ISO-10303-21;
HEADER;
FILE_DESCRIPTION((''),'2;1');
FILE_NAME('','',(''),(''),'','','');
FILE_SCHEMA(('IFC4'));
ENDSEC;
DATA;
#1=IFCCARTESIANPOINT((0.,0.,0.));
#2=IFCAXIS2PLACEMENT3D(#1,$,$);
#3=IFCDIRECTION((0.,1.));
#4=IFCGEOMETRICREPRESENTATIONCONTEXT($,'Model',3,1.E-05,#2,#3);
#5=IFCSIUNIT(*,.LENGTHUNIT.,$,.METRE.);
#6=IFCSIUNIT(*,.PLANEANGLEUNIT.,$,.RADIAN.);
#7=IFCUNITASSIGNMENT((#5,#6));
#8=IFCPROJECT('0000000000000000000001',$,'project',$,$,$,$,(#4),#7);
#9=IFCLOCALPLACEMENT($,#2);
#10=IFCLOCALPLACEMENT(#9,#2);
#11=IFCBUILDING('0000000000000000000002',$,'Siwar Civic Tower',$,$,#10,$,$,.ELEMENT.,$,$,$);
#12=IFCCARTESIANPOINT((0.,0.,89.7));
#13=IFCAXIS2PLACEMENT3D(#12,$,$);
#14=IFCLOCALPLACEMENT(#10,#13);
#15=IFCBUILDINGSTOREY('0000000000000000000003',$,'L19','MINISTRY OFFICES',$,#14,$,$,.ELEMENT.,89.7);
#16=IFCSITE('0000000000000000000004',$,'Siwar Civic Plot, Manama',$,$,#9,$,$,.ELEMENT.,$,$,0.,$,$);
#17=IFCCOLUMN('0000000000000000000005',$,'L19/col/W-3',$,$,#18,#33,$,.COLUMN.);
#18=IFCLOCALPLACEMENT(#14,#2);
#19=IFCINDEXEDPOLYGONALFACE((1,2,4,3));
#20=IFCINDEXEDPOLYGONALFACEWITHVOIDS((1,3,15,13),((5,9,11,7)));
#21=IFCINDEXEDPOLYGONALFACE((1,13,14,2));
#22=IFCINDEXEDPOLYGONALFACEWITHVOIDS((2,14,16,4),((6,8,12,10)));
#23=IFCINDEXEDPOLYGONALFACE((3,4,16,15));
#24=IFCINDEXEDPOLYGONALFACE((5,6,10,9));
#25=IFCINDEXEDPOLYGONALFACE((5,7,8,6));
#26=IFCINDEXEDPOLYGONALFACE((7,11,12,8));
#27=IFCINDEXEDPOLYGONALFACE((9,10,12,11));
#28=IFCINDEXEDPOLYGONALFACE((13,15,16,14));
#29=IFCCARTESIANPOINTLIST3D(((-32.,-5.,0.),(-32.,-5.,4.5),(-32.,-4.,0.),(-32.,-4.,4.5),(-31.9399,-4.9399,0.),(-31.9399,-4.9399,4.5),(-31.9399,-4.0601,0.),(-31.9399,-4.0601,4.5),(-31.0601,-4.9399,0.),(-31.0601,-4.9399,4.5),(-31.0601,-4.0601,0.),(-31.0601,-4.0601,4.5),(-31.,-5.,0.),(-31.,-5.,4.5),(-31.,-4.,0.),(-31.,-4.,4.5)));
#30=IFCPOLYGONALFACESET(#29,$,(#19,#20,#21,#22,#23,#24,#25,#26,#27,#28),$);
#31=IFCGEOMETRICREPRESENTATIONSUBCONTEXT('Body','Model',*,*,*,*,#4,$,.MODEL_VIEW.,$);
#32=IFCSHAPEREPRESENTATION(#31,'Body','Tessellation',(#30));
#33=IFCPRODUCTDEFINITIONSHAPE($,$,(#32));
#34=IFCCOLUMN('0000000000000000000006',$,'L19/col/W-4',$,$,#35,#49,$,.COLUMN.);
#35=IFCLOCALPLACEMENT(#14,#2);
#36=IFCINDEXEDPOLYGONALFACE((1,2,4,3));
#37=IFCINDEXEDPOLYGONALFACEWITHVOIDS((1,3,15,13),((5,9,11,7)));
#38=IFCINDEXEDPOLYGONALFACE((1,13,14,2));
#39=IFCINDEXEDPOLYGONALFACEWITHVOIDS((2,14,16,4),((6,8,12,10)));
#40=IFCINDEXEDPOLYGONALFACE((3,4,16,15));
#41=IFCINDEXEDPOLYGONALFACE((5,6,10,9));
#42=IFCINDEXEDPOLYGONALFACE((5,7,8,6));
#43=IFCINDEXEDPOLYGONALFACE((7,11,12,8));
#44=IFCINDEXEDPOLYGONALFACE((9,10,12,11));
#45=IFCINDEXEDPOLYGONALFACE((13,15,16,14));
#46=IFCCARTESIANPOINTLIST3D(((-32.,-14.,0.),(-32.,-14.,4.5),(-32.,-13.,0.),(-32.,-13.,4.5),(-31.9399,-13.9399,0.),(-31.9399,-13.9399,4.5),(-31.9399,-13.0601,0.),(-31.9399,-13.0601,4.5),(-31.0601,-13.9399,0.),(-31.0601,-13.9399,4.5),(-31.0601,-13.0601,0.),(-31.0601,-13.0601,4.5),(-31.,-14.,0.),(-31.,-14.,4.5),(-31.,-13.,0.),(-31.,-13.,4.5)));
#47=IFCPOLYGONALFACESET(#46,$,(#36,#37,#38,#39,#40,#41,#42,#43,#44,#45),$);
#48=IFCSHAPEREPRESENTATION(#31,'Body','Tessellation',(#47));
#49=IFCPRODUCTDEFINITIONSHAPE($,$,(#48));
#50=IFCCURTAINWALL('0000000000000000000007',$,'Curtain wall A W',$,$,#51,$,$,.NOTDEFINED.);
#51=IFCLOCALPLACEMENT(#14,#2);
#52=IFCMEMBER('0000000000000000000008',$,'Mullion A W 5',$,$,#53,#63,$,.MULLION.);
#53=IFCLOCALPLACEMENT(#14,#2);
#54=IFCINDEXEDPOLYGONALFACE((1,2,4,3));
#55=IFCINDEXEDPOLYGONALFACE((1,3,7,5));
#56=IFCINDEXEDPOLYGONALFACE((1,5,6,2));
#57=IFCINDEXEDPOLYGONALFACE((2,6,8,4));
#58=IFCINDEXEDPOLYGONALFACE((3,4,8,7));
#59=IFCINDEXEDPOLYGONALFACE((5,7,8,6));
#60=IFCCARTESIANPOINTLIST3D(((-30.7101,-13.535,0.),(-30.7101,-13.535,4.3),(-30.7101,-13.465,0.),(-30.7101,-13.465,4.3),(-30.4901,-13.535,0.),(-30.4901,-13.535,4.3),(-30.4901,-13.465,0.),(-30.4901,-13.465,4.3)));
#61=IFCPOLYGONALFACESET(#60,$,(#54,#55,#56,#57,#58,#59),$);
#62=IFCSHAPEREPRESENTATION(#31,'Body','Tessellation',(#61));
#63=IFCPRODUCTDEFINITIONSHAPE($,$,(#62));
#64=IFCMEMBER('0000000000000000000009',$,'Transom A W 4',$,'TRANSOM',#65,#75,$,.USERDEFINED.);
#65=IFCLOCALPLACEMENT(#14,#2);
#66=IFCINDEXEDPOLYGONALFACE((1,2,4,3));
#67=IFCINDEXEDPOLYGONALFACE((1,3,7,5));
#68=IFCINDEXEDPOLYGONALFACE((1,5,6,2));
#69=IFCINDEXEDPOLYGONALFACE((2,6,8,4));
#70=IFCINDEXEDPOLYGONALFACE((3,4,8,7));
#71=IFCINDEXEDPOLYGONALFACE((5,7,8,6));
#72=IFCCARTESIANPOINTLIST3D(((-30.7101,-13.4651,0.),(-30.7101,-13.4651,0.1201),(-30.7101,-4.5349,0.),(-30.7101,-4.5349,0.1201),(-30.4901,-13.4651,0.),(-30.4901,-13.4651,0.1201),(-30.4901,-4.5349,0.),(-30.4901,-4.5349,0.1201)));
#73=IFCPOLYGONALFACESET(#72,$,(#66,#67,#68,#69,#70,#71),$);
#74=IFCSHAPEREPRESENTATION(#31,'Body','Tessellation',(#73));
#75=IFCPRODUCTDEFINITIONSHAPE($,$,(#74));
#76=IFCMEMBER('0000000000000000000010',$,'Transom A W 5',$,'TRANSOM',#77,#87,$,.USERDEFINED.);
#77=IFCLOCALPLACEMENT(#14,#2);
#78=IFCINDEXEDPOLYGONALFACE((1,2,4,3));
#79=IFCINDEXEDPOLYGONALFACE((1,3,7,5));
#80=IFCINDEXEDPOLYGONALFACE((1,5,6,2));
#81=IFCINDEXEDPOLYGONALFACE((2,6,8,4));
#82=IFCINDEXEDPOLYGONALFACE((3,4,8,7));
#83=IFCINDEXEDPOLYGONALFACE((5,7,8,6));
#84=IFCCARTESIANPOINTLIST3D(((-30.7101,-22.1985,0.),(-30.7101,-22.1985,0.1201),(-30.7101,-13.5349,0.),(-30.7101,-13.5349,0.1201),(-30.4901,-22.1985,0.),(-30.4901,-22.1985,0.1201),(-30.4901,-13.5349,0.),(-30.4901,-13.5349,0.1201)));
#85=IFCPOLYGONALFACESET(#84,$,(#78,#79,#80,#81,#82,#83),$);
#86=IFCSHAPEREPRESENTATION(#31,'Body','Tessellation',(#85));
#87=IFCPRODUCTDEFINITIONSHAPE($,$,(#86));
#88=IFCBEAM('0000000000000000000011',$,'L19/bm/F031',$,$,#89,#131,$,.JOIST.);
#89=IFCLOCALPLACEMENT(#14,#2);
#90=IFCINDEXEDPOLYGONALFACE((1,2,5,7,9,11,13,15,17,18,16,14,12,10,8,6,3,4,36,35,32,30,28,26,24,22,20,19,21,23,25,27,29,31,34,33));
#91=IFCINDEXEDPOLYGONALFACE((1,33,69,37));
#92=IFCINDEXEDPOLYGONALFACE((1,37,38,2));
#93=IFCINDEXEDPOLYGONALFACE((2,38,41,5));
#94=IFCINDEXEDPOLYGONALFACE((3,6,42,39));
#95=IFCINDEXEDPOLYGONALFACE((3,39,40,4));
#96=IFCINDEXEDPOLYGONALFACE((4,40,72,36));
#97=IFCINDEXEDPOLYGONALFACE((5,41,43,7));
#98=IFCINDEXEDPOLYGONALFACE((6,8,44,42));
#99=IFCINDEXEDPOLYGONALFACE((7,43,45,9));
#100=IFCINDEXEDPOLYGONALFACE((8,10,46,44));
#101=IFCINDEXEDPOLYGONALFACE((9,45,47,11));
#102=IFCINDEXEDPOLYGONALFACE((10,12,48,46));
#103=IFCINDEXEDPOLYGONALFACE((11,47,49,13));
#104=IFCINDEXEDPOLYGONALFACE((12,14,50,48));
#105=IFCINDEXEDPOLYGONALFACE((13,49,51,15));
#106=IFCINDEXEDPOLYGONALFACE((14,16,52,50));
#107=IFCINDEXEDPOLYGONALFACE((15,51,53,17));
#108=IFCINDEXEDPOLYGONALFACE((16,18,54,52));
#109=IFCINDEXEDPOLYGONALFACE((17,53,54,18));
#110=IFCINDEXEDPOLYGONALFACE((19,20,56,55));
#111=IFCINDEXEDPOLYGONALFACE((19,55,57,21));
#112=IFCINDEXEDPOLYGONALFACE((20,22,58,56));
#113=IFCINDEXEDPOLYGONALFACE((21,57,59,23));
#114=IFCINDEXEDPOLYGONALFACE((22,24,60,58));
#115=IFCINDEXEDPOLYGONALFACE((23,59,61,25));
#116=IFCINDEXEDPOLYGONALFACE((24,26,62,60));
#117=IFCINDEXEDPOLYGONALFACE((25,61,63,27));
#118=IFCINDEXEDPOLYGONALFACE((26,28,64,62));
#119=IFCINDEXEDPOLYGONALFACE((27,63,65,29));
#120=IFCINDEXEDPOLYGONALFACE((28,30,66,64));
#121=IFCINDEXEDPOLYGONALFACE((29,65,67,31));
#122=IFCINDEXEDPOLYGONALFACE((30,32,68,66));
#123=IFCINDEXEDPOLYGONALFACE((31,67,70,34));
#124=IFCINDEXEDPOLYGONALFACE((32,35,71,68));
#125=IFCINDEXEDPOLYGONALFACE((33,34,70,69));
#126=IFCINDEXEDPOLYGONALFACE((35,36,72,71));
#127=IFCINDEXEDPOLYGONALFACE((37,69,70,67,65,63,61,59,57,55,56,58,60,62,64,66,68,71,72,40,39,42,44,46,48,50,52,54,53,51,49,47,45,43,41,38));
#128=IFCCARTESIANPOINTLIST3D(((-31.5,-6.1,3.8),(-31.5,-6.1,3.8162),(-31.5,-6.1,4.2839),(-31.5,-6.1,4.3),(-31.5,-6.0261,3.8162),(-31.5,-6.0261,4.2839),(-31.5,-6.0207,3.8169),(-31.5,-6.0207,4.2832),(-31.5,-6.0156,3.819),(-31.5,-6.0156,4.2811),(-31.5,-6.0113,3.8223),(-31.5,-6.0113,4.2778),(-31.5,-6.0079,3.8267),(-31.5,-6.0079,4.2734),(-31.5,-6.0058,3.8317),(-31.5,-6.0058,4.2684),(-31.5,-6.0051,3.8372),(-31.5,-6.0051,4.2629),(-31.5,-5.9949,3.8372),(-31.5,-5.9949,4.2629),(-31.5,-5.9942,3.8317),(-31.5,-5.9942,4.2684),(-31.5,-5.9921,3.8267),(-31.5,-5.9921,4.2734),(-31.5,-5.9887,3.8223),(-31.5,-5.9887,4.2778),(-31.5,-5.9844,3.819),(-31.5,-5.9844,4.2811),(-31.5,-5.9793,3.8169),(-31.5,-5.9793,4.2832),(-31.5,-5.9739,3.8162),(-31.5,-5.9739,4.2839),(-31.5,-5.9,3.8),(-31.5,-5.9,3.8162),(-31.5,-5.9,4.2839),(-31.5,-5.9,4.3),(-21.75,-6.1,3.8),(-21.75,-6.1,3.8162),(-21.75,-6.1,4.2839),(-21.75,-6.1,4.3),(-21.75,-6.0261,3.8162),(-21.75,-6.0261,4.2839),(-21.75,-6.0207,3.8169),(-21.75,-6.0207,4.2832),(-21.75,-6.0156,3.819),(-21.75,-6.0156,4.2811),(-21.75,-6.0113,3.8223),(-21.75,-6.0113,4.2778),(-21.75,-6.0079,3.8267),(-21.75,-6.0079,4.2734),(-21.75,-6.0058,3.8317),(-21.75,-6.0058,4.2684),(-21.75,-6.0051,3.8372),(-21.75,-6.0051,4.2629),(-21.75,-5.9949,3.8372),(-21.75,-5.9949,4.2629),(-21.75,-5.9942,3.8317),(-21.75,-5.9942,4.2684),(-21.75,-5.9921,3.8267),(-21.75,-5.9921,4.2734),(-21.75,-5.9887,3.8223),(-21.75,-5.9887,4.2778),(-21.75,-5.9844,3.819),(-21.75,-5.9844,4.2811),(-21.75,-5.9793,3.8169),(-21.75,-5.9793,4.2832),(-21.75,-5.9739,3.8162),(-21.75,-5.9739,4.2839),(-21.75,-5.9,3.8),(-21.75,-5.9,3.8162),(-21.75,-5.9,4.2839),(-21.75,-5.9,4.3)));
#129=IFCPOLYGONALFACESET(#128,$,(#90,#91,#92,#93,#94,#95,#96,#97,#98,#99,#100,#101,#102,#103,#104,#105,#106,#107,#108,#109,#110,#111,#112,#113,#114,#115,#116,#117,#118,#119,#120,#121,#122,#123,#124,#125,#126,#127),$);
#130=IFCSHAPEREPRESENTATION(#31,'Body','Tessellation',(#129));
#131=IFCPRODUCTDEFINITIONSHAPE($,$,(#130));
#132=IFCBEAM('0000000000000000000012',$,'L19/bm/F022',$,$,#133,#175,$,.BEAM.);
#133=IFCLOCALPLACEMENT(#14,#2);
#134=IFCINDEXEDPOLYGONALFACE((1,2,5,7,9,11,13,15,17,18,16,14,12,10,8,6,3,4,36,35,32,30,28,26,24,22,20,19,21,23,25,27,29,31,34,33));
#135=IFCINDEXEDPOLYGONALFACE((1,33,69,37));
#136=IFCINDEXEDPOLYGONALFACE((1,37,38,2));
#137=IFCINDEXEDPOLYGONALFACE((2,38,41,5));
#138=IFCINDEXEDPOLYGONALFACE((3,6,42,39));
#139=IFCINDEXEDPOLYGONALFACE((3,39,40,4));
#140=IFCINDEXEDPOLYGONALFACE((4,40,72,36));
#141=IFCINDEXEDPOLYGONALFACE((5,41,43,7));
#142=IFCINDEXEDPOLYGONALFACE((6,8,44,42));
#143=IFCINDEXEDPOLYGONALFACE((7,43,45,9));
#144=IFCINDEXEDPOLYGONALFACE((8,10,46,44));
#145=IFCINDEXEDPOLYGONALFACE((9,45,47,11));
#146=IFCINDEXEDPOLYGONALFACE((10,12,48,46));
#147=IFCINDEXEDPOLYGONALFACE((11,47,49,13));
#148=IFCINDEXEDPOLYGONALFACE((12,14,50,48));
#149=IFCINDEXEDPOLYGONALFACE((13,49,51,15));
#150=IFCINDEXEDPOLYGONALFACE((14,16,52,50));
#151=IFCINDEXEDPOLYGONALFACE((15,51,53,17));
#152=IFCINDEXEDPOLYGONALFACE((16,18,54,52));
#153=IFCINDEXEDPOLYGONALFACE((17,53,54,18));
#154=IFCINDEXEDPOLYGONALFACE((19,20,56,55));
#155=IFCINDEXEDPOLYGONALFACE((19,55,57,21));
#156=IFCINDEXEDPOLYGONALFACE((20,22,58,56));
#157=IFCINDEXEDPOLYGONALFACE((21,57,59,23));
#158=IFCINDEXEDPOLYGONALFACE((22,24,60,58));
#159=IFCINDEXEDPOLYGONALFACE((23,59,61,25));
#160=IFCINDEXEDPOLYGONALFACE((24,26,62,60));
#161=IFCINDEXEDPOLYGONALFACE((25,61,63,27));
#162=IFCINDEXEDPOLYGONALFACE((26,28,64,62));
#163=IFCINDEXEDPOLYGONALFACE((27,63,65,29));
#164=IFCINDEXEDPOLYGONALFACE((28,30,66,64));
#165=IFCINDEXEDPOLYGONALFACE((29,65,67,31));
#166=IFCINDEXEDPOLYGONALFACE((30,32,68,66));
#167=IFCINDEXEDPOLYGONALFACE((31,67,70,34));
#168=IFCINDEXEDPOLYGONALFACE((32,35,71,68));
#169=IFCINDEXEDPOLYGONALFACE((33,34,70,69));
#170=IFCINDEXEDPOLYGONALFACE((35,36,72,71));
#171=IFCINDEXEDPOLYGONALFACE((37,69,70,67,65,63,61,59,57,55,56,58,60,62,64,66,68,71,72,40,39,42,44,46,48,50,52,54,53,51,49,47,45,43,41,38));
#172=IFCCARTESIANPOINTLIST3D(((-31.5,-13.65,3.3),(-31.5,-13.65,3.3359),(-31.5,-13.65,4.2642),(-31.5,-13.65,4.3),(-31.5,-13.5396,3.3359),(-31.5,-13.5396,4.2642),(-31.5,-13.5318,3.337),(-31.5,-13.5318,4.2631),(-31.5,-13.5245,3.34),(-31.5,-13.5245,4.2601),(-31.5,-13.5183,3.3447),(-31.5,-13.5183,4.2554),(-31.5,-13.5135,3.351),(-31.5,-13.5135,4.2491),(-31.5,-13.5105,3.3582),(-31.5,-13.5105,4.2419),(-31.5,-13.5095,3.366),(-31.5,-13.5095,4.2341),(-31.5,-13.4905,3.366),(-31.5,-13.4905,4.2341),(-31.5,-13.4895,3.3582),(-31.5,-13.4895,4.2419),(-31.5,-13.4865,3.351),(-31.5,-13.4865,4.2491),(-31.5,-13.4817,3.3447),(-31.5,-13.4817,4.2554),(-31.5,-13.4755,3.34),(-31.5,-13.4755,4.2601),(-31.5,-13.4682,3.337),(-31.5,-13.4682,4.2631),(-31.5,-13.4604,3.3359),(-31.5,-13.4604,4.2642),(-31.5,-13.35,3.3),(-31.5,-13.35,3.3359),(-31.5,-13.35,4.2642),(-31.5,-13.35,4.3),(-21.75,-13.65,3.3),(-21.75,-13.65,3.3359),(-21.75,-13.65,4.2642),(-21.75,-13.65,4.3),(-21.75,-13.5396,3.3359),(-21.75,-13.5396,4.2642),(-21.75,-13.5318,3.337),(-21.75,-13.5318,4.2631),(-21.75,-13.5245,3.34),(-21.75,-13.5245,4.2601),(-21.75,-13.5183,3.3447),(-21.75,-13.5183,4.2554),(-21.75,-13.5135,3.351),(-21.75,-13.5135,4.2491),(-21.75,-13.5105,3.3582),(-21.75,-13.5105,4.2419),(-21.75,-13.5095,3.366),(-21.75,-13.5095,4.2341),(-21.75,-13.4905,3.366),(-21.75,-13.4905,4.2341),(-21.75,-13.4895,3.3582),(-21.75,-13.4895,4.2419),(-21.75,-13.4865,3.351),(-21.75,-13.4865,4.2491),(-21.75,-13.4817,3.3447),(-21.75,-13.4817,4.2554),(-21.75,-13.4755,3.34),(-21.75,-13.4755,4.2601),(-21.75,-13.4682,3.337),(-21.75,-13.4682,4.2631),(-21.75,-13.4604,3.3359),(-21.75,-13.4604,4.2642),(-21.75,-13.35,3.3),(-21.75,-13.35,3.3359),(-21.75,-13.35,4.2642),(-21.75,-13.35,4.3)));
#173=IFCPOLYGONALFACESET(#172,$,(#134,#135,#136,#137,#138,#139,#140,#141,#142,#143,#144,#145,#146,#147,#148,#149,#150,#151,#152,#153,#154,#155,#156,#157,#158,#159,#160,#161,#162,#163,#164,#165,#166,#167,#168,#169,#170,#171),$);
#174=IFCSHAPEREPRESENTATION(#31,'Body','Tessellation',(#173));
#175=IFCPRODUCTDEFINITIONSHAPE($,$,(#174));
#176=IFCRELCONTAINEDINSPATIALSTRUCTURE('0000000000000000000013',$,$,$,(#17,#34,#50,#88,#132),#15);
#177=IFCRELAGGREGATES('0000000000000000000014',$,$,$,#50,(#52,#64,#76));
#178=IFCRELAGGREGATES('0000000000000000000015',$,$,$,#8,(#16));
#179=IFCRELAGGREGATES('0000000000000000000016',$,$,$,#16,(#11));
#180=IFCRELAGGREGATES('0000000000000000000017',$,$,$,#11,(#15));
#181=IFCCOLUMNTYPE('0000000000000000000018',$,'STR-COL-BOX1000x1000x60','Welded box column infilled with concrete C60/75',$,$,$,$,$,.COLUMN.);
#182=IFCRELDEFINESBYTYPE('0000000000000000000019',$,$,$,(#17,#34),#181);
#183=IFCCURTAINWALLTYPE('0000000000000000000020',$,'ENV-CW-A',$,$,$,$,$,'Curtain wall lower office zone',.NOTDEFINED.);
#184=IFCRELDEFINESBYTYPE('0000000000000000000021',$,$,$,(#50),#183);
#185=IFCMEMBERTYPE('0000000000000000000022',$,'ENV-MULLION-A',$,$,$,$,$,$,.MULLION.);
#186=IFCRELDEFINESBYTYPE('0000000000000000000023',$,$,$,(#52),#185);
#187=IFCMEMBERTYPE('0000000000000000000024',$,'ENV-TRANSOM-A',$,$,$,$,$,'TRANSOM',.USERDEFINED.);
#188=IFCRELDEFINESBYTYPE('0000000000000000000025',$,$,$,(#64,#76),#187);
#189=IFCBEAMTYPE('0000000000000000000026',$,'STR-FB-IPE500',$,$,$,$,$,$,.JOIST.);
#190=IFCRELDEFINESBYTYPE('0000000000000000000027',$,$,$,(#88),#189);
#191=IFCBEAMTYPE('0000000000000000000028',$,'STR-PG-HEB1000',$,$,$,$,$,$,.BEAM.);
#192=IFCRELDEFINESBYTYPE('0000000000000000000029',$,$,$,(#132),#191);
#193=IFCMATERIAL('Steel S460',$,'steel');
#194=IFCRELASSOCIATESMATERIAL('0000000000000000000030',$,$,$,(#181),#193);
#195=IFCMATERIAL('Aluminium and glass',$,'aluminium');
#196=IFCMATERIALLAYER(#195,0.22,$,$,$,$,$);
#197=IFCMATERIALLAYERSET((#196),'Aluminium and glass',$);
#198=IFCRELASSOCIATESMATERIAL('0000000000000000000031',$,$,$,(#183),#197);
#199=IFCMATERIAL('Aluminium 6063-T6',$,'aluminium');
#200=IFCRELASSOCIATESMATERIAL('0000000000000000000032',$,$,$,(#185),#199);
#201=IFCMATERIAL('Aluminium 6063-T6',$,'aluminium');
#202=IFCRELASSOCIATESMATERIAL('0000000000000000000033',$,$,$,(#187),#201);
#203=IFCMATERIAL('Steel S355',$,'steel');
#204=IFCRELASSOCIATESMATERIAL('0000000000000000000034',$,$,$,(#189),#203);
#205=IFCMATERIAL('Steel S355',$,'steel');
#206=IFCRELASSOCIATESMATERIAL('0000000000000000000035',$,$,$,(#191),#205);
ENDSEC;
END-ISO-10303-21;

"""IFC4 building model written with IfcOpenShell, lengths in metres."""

from ifc_helpers import new_model, si_unit, direction, frame, origin, origin_2d, place, context, subcontext, project, spatial, rectangle, hollow_rectangle, i_section, extrude, material, layer, layer_set, material_profile, profile_set, type_object, element, aggregate, save


model = new_model("IFC4")

# Units and contexts
model_context = context("Model", 3, precision=1e-05, world=origin(), true_north=direction((0.0, 1.0)))
body_context = subcontext(model_context, "Body", "Model", "MODEL_VIEW")
ifc_project = project(units=[si_unit("LENGTHUNIT", "METRE"), si_unit("PLANEANGLEUNIT", "RADIAN")], contexts=[model_context])

# Site, building, storey
site_placement = place(None, origin())
site = spatial("IfcSite", under=ifc_project, at=site_placement, Name="Siwar Civic Plot, Manama", CompositionType="ELEMENT", RefElevation=0.0)
building_placement = place(site_placement, origin())
building = spatial("IfcBuilding", under=site, at=building_placement, Name="Siwar Civic Tower", CompositionType="ELEMENT")
storey_placement = place(building_placement, frame((0.0, 0.0, 89.7)))
storey = spatial("IfcBuildingStorey", under=building, at=storey_placement, Name="L19", Description="MINISTRY OFFICES", CompositionType="ELEMENT", Elevation=89.7)

# Columns
ifc_material_1 = material(Name="Steel S460", Category="steel")
ifc_material_profile_1 = material_profile(ifc_material_1, hollow_rectangle(XDim=1.0, YDim=1.0, WallThickness=0.0601, at=origin_2d()), Name="BOX1000x1000x60")
ifc_profile_set_1 = profile_set([ifc_material_profile_1], Name="Steel S460")
column_type = type_object("IfcColumnType", Name="STR-COL-BOX1000x1000x60", Description="Welded box column infilled with concrete C60/75", PredefinedType="COLUMN", material=ifc_profile_set_1)
for number, where, z_axis, x_axis, name in (
    (1, (-31.5, -4.5, 0.0), (0.0, 0.0, 1.0), (1.0, 0.0, 0.0), "L19/col/W-3"),
    (2, (-31.5, -13.5, 0.0), (0.0, 0.0, 1.0), (1.0, 0.0, 0.0), "L19/col/W-4"),
):
    element("IfcColumn", number, at=place(storey_placement, frame(where, z_axis=z_axis, x_axis=x_axis)), inside=storey, type_object=column_type, Name=name, PredefinedType="COLUMN", context=body_context, shape_type="SweptSolid", body=[
        extrude(hollow_rectangle(XDim=1.0, YDim=1.0, WallThickness=0.0601, at=origin_2d()), origin(), (0.0, 0.0, 1.0), 4.5),
    ])

# Curtain wall, members
ifc_material_2 = material(Name="Aluminium and glass", Category="aluminium")
ifc_layer_1 = layer(ifc_material_2, 0.22)
ifc_layer_set_1 = layer_set([ifc_layer_1], Name="Aluminium and glass")
curtain_wall_type = type_object("IfcCurtainWallType", Name="ENV-CW-A", ElementType="Curtain wall lower office zone", PredefinedType="NOTDEFINED", material=ifc_layer_set_1)
curtain_wall_placement = place(storey_placement, origin())
curtain_wall = element("IfcCurtainWall", 3, at=curtain_wall_placement, inside=storey, type_object=curtain_wall_type, Name="Curtain wall A W", PredefinedType="NOTDEFINED")
ifc_material_3 = material(Name="Aluminium 6063-T6", Category="aluminium")
ifc_material_profile_2 = material_profile(ifc_material_3, rectangle(XDim=0.22, YDim=0.0701, at=origin_2d()), Name="AL 220x70")
ifc_profile_set_2 = profile_set([ifc_material_profile_2], Name="Aluminium 6063-T6")
member_type_1 = type_object("IfcMemberType", Name="ENV-MULLION-A", PredefinedType="MULLION", material=ifc_profile_set_2)
member_1_placement = place(storey_placement, frame((-30.6001, -13.5, 0.0), z_axis=(0.0, 0.0, 1.0), x_axis=(1.0, 0.0, 0.0)))
member_1 = element("IfcMember", 4, at=member_1_placement, type_object=member_type_1, Name="Mullion A W 5", PredefinedType="MULLION", context=body_context, shape_type="SweptSolid", body=[
    extrude(rectangle(XDim=0.22, YDim=0.0701, at=origin_2d()), origin(), (0.0, 0.0, 1.0), 4.3),
])
ifc_material_4 = material(Name="Aluminium 6063-T6", Category="aluminium")
ifc_material_profile_3 = material_profile(ifc_material_4, rectangle(XDim=0.22, YDim=0.1201, at=origin_2d()), Name="AL 220x120")
ifc_profile_set_3 = profile_set([ifc_material_profile_3], Name="Aluminium 6063-T6")
member_type_2 = type_object("IfcMemberType", Name="ENV-TRANSOM-A", ElementType="TRANSOM", PredefinedType="USERDEFINED", material=ifc_profile_set_3)
member_2_placement = place(storey_placement, frame((-30.6001, -4.5349, 0.0601), z_axis=(0.0, -1.0, 0.0), x_axis=(1.0, 0.0, 0.0)))
member_2 = element("IfcMember", 5, at=member_2_placement, type_object=member_type_2, Name="Transom A W 4", ObjectType="TRANSOM", PredefinedType="USERDEFINED", context=body_context, shape_type="SweptSolid", body=[
    extrude(rectangle(XDim=0.22, YDim=0.1201, at=origin_2d()), origin(), (0.0, 0.0, 1.0), 8.9302),
])
member_3_placement = place(storey_placement, frame((-30.6001, -13.5349, 0.0601), z_axis=(0.0, -1.0, 0.0), x_axis=(1.0, 0.0, 0.0)))
member_3 = element("IfcMember", 6, at=member_3_placement, type_object=member_type_2, Name="Transom A W 5", ObjectType="TRANSOM", PredefinedType="USERDEFINED", context=body_context, shape_type="SweptSolid", body=[
    extrude(rectangle(XDim=0.22, YDim=0.1201, at=origin_2d()), origin(), (0.0, 0.0, 1.0), 8.6636),
])

# Beams
ifc_material_5 = material(Name="Steel S355", Category="steel")
ifc_material_profile_4 = material_profile(ifc_material_5, i_section(OverallWidth=0.2, OverallDepth=0.5, WebThickness=0.0103, FlangeThickness=0.0161, FilletRadius=0.021, at=origin_2d()), Name="IPE500")
ifc_profile_set_4 = profile_set([ifc_material_profile_4], Name="Steel S355")
beam_type_1 = type_object("IfcBeamType", Name="STR-FB-IPE500", PredefinedType="JOIST", material=ifc_profile_set_4)
beam_1_placement = place(storey_placement, frame((-31.5, -6.0, 4.05), z_axis=(1.0, 0.0, 0.0), x_axis=(0.0, 1.0, 0.0)))
element("IfcBeam", 7, at=beam_1_placement, inside=storey, type_object=beam_type_1, Name="L19/bm/F031", PredefinedType="JOIST", context=body_context, shape_type="SweptSolid", body=[
    extrude(i_section(OverallWidth=0.2, OverallDepth=0.5, WebThickness=0.0103, FlangeThickness=0.0161, FilletRadius=0.021, at=origin_2d()), origin(), (0.0, 0.0, 1.0), 9.75),
])
ifc_material_6 = material(Name="Steel S355", Category="steel")
ifc_material_profile_5 = material_profile(ifc_material_6, i_section(OverallWidth=0.3, OverallDepth=1.0, WebThickness=0.019, FlangeThickness=0.0359, FilletRadius=0.03, at=origin_2d()), Name="HEB1000")
ifc_profile_set_5 = profile_set([ifc_material_profile_5], Name="Steel S355")
beam_type_2 = type_object("IfcBeamType", Name="STR-PG-HEB1000", PredefinedType="BEAM", material=ifc_profile_set_5)
beam_2_placement = place(storey_placement, frame((-31.5, -13.5, 3.8), z_axis=(1.0, 0.0, 0.0), x_axis=(0.0, 1.0, 0.0)))
element("IfcBeam", 8, at=beam_2_placement, inside=storey, type_object=beam_type_2, Name="L19/bm/F022", PredefinedType="BEAM", context=body_context, shape_type="SweptSolid", body=[
    extrude(i_section(OverallWidth=0.3, OverallDepth=1.0, WebThickness=0.019, FlangeThickness=0.0359, FilletRadius=0.03, at=origin_2d()), origin(), (0.0, 0.0, 1.0), 9.75),
])

aggregate(curtain_wall, [member_1, member_2, member_3])

save(model, "model.ifc")
